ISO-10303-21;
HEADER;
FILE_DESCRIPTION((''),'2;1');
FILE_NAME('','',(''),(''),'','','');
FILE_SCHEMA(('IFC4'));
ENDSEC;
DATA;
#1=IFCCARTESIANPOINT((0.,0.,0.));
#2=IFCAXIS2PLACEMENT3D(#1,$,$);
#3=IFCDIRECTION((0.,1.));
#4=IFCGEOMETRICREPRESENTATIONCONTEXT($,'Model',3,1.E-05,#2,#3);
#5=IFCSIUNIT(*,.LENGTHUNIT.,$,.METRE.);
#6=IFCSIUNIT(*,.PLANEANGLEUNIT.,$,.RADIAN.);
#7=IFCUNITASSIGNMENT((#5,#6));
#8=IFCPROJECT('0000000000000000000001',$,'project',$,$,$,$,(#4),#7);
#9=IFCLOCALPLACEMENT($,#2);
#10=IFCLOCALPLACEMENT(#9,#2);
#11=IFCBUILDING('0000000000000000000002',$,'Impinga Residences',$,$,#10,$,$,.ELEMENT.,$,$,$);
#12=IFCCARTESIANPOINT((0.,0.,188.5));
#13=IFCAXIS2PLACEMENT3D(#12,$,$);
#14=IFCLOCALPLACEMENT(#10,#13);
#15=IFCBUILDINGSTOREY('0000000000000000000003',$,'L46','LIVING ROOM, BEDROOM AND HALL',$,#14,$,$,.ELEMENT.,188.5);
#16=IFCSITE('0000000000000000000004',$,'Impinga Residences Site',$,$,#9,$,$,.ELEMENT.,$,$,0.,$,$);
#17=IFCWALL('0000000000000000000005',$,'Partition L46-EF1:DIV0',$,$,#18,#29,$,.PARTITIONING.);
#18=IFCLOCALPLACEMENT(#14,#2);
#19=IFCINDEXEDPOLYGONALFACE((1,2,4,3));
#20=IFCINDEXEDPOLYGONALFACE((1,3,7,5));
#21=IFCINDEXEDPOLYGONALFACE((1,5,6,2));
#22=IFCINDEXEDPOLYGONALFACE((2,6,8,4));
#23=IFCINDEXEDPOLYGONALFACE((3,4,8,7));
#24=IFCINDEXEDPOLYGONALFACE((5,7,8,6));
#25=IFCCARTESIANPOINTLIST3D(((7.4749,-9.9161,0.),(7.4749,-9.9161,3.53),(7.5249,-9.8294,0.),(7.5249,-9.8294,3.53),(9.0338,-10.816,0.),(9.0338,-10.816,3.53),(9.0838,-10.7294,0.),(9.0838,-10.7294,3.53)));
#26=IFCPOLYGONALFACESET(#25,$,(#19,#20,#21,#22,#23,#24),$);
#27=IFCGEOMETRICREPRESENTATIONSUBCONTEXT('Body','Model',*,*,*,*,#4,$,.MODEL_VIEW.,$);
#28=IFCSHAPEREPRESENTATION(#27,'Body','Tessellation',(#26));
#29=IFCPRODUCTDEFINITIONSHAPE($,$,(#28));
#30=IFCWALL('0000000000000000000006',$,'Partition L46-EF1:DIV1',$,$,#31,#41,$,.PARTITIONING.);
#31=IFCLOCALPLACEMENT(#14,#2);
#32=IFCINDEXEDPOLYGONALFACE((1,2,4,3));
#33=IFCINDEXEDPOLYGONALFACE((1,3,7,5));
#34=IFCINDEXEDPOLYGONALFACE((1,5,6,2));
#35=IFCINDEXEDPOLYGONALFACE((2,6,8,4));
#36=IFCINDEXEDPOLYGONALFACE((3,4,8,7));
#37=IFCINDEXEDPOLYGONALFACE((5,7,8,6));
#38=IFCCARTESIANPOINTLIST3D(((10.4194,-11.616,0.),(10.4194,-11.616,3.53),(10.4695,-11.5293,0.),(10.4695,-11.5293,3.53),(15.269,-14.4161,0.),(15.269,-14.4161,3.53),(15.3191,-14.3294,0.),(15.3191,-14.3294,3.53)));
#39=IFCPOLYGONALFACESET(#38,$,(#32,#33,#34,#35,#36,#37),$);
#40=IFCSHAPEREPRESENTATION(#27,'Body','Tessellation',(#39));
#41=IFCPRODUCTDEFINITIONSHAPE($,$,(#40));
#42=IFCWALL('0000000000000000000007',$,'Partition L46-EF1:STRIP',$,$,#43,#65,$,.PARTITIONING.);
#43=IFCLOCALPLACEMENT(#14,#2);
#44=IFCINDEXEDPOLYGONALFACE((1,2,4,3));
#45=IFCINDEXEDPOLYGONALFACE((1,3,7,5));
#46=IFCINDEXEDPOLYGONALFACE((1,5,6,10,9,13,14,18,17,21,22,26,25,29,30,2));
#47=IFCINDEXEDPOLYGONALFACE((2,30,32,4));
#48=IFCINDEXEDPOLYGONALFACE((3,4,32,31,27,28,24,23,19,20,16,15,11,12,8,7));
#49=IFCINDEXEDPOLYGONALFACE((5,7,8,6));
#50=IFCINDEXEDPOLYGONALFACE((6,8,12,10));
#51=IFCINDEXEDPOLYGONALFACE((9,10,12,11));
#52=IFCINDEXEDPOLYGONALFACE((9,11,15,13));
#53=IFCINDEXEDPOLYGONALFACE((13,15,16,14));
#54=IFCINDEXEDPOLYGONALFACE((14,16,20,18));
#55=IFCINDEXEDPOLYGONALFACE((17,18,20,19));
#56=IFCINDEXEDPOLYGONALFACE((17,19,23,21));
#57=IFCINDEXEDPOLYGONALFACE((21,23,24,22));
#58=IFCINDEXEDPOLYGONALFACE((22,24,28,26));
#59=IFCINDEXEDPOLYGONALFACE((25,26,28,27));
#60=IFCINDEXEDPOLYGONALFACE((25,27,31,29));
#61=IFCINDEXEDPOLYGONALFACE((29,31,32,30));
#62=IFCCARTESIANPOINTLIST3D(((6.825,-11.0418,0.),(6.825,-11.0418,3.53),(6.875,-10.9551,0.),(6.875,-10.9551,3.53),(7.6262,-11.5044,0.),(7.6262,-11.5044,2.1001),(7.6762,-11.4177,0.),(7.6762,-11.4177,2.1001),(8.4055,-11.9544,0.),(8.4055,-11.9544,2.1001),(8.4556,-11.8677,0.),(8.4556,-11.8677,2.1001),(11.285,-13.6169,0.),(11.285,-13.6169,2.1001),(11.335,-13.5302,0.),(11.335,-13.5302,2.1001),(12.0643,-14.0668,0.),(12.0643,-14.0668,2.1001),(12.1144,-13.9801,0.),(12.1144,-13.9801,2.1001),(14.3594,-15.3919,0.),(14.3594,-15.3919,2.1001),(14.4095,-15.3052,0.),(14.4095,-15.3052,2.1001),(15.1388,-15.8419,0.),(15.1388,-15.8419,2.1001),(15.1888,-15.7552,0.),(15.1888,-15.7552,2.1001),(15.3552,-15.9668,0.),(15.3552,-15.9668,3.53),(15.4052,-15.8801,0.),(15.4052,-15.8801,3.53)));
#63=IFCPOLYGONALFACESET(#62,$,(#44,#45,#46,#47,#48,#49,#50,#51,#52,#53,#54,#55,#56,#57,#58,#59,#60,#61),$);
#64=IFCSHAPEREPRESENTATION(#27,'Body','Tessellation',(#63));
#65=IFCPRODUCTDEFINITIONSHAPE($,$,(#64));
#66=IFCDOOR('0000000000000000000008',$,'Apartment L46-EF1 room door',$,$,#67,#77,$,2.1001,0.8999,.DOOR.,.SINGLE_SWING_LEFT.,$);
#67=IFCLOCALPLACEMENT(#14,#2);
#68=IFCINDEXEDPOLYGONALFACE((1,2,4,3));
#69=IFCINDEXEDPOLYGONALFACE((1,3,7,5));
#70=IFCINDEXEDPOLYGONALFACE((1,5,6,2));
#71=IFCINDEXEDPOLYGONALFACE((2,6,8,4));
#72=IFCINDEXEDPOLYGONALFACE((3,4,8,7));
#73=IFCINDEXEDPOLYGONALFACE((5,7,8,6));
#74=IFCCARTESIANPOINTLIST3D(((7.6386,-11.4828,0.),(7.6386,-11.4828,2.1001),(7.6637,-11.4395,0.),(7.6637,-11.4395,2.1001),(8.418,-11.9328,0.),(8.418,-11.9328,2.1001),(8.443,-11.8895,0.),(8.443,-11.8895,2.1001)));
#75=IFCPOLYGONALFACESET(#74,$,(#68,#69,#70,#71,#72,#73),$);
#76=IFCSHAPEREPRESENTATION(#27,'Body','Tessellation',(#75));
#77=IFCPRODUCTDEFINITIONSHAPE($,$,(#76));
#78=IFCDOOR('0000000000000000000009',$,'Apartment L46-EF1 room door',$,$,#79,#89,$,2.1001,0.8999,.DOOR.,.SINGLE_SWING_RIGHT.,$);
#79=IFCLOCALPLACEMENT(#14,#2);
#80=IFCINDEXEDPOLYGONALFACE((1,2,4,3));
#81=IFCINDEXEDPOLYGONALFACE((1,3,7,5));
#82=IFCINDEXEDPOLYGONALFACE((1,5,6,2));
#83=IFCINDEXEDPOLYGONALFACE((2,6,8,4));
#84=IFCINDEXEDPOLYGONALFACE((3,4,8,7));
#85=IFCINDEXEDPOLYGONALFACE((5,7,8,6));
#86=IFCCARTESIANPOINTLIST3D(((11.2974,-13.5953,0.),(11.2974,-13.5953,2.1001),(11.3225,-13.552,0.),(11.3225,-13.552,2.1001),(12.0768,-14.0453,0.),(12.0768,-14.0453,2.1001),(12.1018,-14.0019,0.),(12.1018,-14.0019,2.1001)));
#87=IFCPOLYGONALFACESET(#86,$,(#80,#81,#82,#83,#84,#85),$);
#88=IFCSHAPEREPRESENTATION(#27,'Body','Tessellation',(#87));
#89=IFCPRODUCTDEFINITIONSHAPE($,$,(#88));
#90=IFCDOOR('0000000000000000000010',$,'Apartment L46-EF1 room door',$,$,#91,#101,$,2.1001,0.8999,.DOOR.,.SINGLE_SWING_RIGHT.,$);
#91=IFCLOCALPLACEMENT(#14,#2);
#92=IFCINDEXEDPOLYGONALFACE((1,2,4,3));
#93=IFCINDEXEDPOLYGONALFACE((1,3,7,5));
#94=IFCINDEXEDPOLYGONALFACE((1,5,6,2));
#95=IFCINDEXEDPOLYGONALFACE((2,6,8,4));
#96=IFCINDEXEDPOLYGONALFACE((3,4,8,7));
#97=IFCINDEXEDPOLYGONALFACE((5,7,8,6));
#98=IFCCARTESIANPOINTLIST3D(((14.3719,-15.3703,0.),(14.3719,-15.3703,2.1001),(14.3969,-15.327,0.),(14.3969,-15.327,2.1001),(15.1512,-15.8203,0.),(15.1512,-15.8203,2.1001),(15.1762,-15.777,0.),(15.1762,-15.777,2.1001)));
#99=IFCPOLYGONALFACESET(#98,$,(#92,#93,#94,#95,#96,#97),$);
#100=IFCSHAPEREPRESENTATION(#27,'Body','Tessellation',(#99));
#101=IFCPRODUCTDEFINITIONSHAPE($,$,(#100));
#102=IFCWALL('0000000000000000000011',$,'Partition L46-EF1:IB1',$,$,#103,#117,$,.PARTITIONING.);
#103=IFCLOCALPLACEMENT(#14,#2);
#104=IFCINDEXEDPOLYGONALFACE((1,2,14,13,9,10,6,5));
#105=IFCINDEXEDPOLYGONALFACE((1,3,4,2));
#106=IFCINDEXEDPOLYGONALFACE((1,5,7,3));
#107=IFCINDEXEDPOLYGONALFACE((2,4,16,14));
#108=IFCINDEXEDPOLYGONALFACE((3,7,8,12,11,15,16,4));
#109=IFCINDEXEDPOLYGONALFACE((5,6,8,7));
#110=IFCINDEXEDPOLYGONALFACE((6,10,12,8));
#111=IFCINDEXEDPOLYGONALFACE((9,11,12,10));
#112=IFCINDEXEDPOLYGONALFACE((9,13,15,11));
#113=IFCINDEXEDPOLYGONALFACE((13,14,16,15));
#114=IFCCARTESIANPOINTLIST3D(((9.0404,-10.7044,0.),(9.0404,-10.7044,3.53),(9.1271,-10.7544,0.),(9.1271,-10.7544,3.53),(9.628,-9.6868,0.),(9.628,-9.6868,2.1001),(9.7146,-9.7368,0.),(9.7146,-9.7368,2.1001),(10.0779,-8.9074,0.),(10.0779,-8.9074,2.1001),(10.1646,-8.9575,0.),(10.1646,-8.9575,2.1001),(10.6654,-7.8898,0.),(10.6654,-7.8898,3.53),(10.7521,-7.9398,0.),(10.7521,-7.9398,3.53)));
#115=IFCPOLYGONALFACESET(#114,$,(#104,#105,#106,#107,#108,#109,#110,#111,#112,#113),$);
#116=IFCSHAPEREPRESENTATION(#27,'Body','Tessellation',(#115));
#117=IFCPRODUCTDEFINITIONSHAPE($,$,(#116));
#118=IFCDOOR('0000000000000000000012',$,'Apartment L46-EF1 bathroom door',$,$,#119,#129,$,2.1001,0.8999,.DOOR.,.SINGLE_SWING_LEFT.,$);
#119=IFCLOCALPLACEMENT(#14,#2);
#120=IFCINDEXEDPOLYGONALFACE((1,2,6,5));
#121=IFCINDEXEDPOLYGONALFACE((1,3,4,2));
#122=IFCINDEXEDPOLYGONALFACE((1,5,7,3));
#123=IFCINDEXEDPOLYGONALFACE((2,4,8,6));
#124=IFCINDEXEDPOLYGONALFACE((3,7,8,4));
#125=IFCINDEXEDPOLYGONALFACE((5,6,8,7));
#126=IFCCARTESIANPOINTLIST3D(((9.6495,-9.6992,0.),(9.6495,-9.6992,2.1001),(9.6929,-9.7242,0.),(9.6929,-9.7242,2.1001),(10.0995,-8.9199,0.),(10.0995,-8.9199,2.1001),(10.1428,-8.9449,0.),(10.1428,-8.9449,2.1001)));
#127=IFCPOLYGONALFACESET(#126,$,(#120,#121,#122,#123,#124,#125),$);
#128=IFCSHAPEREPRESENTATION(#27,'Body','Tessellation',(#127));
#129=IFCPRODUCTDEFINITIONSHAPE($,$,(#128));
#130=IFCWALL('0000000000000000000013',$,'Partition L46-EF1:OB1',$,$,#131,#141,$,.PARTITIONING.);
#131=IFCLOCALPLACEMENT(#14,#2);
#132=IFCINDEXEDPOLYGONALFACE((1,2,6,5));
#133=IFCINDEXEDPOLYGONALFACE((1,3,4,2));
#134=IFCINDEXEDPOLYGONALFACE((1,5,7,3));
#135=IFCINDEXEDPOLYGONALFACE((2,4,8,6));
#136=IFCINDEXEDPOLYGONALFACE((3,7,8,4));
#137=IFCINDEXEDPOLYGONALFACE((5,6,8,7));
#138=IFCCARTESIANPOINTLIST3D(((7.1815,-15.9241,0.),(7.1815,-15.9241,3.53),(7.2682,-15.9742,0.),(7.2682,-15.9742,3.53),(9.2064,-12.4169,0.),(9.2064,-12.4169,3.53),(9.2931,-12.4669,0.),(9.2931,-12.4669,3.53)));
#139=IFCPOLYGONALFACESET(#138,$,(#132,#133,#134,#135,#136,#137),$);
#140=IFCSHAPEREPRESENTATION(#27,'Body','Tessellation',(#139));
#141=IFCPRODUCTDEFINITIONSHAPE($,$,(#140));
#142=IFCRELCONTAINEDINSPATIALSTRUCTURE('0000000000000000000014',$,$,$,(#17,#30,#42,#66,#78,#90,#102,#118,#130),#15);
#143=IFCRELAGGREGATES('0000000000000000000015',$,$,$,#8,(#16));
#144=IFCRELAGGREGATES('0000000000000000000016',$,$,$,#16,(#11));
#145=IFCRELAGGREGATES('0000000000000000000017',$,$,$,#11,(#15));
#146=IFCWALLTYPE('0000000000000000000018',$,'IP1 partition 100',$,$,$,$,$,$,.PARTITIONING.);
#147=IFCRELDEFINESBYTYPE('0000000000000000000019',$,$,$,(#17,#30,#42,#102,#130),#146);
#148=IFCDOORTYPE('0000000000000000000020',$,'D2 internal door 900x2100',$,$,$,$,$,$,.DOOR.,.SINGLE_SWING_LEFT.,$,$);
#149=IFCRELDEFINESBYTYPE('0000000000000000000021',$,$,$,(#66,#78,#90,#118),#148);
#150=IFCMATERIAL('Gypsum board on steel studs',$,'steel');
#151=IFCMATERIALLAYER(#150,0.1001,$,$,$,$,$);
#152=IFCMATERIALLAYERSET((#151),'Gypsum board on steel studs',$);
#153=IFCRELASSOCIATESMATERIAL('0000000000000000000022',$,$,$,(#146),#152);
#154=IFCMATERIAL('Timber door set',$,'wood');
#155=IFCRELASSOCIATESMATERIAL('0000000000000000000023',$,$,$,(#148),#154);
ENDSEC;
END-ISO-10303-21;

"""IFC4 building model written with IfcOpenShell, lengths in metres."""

from ifc_helpers import new_model, si_unit, direction, frame, frame_2d, origin, place, context, subcontext, project, spatial, rectangle, extrude, material, layer, layer_set, type_object, element, fill, save


model = new_model("IFC4")

# Units and contexts
model_context = context("Model", 3, precision=1e-05, world=origin(), true_north=direction((0.0, 1.0)))
body_context = subcontext(model_context, "Body", "Model", "MODEL_VIEW")
ifc_project = project(units=[si_unit("LENGTHUNIT", "METRE"), si_unit("PLANEANGLEUNIT", "RADIAN")], contexts=[model_context])

# Site, building, storey
site_placement = place(None, origin())
site = spatial("IfcSite", under=ifc_project, at=site_placement, Name="Impinga Residences Site", CompositionType="ELEMENT", RefElevation=0.0)
building_placement = place(site_placement, origin())
building = spatial("IfcBuilding", under=site, at=building_placement, Name="Impinga Residences", CompositionType="ELEMENT")
storey_placement = place(building_placement, frame((0.0, 0.0, 188.5)))
storey = spatial("IfcBuildingStorey", under=building, at=storey_placement, Name="L46", Description="LIVING ROOM, BEDROOM AND HALL", CompositionType="ELEMENT", Elevation=188.5)

# Shared definitions
ifc_material_1 = material(Name="Timber door set", Category="wood")

# Shared definitions
ifc_material_2 = material(Name="Gypsum board on steel studs", Category="steel")
ifc_layer_1 = layer(ifc_material_2, 0.1001)
ifc_layer_set_1 = layer_set([ifc_layer_1], Name="Gypsum board on steel studs")
wall_type_1 = type_object("IfcWallType", Name="IP1 partition 100", PredefinedType="PARTITIONING", material=ifc_layer_set_1)
door_type_1 = type_object("IfcDoorType", Name="D2 internal door 900x2100", OperationType="SINGLE_SWING_LEFT", PredefinedType="DOOR", material=ifc_material_1)

# Walls
wall_1_placement = place(storey_placement, frame((7.5, -9.8728, 0.0), z_axis=(0.0, 0.0, 1.0), x_axis=(0.866048, -0.499961, 0.0)))
element("IfcWall", 1, at=wall_1_placement, inside=storey, type_object=wall_type_1, Name="Partition L46-EF1:DIV0", PredefinedType="PARTITIONING", context=body_context, shape_type="SweptSolid", body=[
    extrude(rectangle(XDim=1.8, YDim=0.1001, at=frame_2d((0.8999, 0.0))), origin(), (0.0, 0.0, 1.0), 3.53),
])
wall_2_placement = place(storey_placement, frame((10.4446, -11.5728, 0.0), z_axis=(0.0, 0.0, 1.0), x_axis=(0.866016, -0.500017, 0.0)))
element("IfcWall", 2, at=wall_2_placement, inside=storey, type_object=wall_type_1, Name="Partition L46-EF1:DIV1", PredefinedType="PARTITIONING", context=body_context, shape_type="SweptSolid", body=[
    extrude(rectangle(XDim=5.5999, YDim=0.1001, at=frame_2d((2.7998, 0.0))), origin(), (0.0, 0.0, 1.0), 3.53),
])

# Wall, openings, doors
wall_3_placement = place(storey_placement, frame((6.8501, -10.9985, 0.0), z_axis=(0.0, 0.0, 1.0), x_axis=(0.866021, -0.500007, 0.0)))
wall_3 = element("IfcWall", 3, at=wall_3_placement, inside=storey, type_object=wall_type_1, Name="Partition L46-EF1:STRIP", PredefinedType="PARTITIONING", context=body_context, shape_type="SweptSolid", body=[
    extrude(rectangle(XDim=9.8499, YDim=0.1001, at=frame_2d((4.9248, 0.0))), origin(), (0.0, 0.0, 1.0), 3.53),
])
opening_1_placement = place(wall_3_placement, frame((0.925, 0.0, 0.0)))
opening_1 = element("IfcOpeningElement", 4, at=opening_1_placement, cuts=wall_3, PredefinedType="OPENING", context=body_context, shape_type="SweptSolid", body=[
    extrude(rectangle(XDim=0.8999, YDim=2.1001, at=frame_2d((0.45, 1.05))), frame((0.0, 0.0601, 0.0), z_axis=(0.0, -1.0, 0.0), x_axis=(1.0, 0.0, 0.0)), (0.0, 0.0, 1.0), 0.1201),
])
opening_2_placement = place(wall_3_placement, frame((5.1499, 0.0, 0.0)))
opening_2 = element("IfcOpeningElement", 5, at=opening_2_placement, cuts=wall_3, PredefinedType="OPENING", context=body_context, shape_type="SweptSolid", body=[
    extrude(rectangle(XDim=0.8999, YDim=2.1001, at=frame_2d((0.45, 1.05))), frame((0.0, 0.0601, 0.0), z_axis=(0.0, -1.0, 0.0), x_axis=(1.0, 0.0, 0.0)), (0.0, 0.0, 1.0), 0.1201),
])
opening_3_placement = place(wall_3_placement, frame((8.7, 0.0, 0.0)))
opening_3 = element("IfcOpeningElement", 6, at=opening_3_placement, cuts=wall_3, PredefinedType="OPENING", context=body_context, shape_type="SweptSolid", body=[
    extrude(rectangle(XDim=0.8999, YDim=2.1001, at=frame_2d((0.45, 1.05))), frame((0.0, 0.0601, 0.0), z_axis=(0.0, -1.0, 0.0), x_axis=(1.0, 0.0, 0.0)), (0.0, 0.0, 1.0), 0.1201),
])
door_1_placement = place(opening_1_placement, origin())
door_1 = element("IfcDoor", 7, at=door_1_placement, inside=storey, type_object=door_type_1, Name="Apartment L46-EF1 room door", OperationType="SINGLE_SWING_LEFT", OverallHeight=2.1001, OverallWidth=0.8999, PredefinedType="DOOR", context=body_context, shape_type="SweptSolid", body=[
    extrude(rectangle(XDim=0.8999, YDim=2.1001, at=frame_2d((0.45, 1.05))), frame((0.0, 0.0249, 0.0), z_axis=(0.0, -1.0, 0.0), x_axis=(1.0, 0.0, 0.0)), (0.0, 0.0, 1.0), 0.05),
])
fill(opening_1, door_1)
door_2_placement = place(opening_2_placement, origin())
door_2 = element("IfcDoor", 8, at=door_2_placement, inside=storey, type_object=door_type_1, Name="Apartment L46-EF1 room door", OperationType="SINGLE_SWING_RIGHT", OverallHeight=2.1001, OverallWidth=0.8999, PredefinedType="DOOR", context=body_context, shape_type="SweptSolid", body=[
    extrude(rectangle(XDim=0.8999, YDim=2.1001, at=frame_2d((0.45, 1.05))), frame((0.0, 0.0249, 0.0), z_axis=(0.0, -1.0, 0.0), x_axis=(1.0, 0.0, 0.0)), (0.0, 0.0, 1.0), 0.05),
])
fill(opening_2, door_2)
door_3_placement = place(opening_3_placement, origin())
door_3 = element("IfcDoor", 9, at=door_3_placement, inside=storey, type_object=door_type_1, Name="Apartment L46-EF1 room door", OperationType="SINGLE_SWING_RIGHT", OverallHeight=2.1001, OverallWidth=0.8999, PredefinedType="DOOR", context=body_context, shape_type="SweptSolid", body=[
    extrude(rectangle(XDim=0.8999, YDim=2.1001, at=frame_2d((0.45, 1.05))), frame((0.0, 0.0249, 0.0), z_axis=(0.0, -1.0, 0.0), x_axis=(1.0, 0.0, 0.0)), (0.0, 0.0, 1.0), 0.05),
])
fill(opening_3, door_3)

# Wall, opening, door
wall_4_placement = place(storey_placement, frame((10.7087, -7.9148, 0.0), z_axis=(0.0, 0.0, 1.0), x_axis=(-0.499985, -0.866034, 0.0)))
wall_4 = element("IfcWall", 10, at=wall_4_placement, inside=storey, type_object=wall_type_1, Name="Partition L46-EF1:IB1", PredefinedType="PARTITIONING", context=body_context, shape_type="SweptSolid", body=[
    extrude(rectangle(XDim=3.25, YDim=0.1001, at=frame_2d((1.625, 0.0))), origin(), (0.0, 0.0, 1.0), 3.53),
])
opening_4_placement = place(wall_4_placement, frame((1.175, 0.0, 0.0)))
opening_4 = element("IfcOpeningElement", 11, at=opening_4_placement, cuts=wall_4, PredefinedType="OPENING", context=body_context, shape_type="SweptSolid", body=[
    extrude(rectangle(XDim=0.8999, YDim=2.1001, at=frame_2d((0.45, 1.05))), frame((0.0, 0.0601, 0.0), z_axis=(0.0, -1.0, 0.0), x_axis=(1.0, 0.0, 0.0)), (0.0, 0.0, 1.0), 0.1201),
])
door_4_placement = place(opening_4_placement, origin())
door_4 = element("IfcDoor", 12, at=door_4_placement, inside=storey, type_object=door_type_1, Name="Apartment L46-EF1 bathroom door", OperationType="SINGLE_SWING_LEFT", OverallHeight=2.1001, OverallWidth=0.8999, PredefinedType="DOOR", context=body_context, shape_type="SweptSolid", body=[
    extrude(rectangle(XDim=0.8999, YDim=2.1001, at=frame_2d((0.45, 1.05))), frame((0.0, 0.0249, 0.0), z_axis=(0.0, -1.0, 0.0), x_axis=(1.0, 0.0, 0.0)), (0.0, 0.0, 1.0), 0.05),
])
fill(opening_4, door_4)

# Wall
wall_5_placement = place(storey_placement, frame((9.2498, -12.4419, 0.0), z_axis=(0.0, 0.0, 1.0), x_axis=(-0.49999, -0.866031, 0.0)))
element("IfcWall", 13, at=wall_5_placement, inside=storey, type_object=wall_type_1, Name="Partition L46-EF1:OB1", PredefinedType="PARTITIONING", context=body_context, shape_type="SweptSolid", body=[
    extrude(rectangle(XDim=4.0498, YDim=0.1001, at=frame_2d((2.0249, 0.0))), origin(), (0.0, 0.0, 1.0), 3.53),
])

save(model, "model.ifc")
